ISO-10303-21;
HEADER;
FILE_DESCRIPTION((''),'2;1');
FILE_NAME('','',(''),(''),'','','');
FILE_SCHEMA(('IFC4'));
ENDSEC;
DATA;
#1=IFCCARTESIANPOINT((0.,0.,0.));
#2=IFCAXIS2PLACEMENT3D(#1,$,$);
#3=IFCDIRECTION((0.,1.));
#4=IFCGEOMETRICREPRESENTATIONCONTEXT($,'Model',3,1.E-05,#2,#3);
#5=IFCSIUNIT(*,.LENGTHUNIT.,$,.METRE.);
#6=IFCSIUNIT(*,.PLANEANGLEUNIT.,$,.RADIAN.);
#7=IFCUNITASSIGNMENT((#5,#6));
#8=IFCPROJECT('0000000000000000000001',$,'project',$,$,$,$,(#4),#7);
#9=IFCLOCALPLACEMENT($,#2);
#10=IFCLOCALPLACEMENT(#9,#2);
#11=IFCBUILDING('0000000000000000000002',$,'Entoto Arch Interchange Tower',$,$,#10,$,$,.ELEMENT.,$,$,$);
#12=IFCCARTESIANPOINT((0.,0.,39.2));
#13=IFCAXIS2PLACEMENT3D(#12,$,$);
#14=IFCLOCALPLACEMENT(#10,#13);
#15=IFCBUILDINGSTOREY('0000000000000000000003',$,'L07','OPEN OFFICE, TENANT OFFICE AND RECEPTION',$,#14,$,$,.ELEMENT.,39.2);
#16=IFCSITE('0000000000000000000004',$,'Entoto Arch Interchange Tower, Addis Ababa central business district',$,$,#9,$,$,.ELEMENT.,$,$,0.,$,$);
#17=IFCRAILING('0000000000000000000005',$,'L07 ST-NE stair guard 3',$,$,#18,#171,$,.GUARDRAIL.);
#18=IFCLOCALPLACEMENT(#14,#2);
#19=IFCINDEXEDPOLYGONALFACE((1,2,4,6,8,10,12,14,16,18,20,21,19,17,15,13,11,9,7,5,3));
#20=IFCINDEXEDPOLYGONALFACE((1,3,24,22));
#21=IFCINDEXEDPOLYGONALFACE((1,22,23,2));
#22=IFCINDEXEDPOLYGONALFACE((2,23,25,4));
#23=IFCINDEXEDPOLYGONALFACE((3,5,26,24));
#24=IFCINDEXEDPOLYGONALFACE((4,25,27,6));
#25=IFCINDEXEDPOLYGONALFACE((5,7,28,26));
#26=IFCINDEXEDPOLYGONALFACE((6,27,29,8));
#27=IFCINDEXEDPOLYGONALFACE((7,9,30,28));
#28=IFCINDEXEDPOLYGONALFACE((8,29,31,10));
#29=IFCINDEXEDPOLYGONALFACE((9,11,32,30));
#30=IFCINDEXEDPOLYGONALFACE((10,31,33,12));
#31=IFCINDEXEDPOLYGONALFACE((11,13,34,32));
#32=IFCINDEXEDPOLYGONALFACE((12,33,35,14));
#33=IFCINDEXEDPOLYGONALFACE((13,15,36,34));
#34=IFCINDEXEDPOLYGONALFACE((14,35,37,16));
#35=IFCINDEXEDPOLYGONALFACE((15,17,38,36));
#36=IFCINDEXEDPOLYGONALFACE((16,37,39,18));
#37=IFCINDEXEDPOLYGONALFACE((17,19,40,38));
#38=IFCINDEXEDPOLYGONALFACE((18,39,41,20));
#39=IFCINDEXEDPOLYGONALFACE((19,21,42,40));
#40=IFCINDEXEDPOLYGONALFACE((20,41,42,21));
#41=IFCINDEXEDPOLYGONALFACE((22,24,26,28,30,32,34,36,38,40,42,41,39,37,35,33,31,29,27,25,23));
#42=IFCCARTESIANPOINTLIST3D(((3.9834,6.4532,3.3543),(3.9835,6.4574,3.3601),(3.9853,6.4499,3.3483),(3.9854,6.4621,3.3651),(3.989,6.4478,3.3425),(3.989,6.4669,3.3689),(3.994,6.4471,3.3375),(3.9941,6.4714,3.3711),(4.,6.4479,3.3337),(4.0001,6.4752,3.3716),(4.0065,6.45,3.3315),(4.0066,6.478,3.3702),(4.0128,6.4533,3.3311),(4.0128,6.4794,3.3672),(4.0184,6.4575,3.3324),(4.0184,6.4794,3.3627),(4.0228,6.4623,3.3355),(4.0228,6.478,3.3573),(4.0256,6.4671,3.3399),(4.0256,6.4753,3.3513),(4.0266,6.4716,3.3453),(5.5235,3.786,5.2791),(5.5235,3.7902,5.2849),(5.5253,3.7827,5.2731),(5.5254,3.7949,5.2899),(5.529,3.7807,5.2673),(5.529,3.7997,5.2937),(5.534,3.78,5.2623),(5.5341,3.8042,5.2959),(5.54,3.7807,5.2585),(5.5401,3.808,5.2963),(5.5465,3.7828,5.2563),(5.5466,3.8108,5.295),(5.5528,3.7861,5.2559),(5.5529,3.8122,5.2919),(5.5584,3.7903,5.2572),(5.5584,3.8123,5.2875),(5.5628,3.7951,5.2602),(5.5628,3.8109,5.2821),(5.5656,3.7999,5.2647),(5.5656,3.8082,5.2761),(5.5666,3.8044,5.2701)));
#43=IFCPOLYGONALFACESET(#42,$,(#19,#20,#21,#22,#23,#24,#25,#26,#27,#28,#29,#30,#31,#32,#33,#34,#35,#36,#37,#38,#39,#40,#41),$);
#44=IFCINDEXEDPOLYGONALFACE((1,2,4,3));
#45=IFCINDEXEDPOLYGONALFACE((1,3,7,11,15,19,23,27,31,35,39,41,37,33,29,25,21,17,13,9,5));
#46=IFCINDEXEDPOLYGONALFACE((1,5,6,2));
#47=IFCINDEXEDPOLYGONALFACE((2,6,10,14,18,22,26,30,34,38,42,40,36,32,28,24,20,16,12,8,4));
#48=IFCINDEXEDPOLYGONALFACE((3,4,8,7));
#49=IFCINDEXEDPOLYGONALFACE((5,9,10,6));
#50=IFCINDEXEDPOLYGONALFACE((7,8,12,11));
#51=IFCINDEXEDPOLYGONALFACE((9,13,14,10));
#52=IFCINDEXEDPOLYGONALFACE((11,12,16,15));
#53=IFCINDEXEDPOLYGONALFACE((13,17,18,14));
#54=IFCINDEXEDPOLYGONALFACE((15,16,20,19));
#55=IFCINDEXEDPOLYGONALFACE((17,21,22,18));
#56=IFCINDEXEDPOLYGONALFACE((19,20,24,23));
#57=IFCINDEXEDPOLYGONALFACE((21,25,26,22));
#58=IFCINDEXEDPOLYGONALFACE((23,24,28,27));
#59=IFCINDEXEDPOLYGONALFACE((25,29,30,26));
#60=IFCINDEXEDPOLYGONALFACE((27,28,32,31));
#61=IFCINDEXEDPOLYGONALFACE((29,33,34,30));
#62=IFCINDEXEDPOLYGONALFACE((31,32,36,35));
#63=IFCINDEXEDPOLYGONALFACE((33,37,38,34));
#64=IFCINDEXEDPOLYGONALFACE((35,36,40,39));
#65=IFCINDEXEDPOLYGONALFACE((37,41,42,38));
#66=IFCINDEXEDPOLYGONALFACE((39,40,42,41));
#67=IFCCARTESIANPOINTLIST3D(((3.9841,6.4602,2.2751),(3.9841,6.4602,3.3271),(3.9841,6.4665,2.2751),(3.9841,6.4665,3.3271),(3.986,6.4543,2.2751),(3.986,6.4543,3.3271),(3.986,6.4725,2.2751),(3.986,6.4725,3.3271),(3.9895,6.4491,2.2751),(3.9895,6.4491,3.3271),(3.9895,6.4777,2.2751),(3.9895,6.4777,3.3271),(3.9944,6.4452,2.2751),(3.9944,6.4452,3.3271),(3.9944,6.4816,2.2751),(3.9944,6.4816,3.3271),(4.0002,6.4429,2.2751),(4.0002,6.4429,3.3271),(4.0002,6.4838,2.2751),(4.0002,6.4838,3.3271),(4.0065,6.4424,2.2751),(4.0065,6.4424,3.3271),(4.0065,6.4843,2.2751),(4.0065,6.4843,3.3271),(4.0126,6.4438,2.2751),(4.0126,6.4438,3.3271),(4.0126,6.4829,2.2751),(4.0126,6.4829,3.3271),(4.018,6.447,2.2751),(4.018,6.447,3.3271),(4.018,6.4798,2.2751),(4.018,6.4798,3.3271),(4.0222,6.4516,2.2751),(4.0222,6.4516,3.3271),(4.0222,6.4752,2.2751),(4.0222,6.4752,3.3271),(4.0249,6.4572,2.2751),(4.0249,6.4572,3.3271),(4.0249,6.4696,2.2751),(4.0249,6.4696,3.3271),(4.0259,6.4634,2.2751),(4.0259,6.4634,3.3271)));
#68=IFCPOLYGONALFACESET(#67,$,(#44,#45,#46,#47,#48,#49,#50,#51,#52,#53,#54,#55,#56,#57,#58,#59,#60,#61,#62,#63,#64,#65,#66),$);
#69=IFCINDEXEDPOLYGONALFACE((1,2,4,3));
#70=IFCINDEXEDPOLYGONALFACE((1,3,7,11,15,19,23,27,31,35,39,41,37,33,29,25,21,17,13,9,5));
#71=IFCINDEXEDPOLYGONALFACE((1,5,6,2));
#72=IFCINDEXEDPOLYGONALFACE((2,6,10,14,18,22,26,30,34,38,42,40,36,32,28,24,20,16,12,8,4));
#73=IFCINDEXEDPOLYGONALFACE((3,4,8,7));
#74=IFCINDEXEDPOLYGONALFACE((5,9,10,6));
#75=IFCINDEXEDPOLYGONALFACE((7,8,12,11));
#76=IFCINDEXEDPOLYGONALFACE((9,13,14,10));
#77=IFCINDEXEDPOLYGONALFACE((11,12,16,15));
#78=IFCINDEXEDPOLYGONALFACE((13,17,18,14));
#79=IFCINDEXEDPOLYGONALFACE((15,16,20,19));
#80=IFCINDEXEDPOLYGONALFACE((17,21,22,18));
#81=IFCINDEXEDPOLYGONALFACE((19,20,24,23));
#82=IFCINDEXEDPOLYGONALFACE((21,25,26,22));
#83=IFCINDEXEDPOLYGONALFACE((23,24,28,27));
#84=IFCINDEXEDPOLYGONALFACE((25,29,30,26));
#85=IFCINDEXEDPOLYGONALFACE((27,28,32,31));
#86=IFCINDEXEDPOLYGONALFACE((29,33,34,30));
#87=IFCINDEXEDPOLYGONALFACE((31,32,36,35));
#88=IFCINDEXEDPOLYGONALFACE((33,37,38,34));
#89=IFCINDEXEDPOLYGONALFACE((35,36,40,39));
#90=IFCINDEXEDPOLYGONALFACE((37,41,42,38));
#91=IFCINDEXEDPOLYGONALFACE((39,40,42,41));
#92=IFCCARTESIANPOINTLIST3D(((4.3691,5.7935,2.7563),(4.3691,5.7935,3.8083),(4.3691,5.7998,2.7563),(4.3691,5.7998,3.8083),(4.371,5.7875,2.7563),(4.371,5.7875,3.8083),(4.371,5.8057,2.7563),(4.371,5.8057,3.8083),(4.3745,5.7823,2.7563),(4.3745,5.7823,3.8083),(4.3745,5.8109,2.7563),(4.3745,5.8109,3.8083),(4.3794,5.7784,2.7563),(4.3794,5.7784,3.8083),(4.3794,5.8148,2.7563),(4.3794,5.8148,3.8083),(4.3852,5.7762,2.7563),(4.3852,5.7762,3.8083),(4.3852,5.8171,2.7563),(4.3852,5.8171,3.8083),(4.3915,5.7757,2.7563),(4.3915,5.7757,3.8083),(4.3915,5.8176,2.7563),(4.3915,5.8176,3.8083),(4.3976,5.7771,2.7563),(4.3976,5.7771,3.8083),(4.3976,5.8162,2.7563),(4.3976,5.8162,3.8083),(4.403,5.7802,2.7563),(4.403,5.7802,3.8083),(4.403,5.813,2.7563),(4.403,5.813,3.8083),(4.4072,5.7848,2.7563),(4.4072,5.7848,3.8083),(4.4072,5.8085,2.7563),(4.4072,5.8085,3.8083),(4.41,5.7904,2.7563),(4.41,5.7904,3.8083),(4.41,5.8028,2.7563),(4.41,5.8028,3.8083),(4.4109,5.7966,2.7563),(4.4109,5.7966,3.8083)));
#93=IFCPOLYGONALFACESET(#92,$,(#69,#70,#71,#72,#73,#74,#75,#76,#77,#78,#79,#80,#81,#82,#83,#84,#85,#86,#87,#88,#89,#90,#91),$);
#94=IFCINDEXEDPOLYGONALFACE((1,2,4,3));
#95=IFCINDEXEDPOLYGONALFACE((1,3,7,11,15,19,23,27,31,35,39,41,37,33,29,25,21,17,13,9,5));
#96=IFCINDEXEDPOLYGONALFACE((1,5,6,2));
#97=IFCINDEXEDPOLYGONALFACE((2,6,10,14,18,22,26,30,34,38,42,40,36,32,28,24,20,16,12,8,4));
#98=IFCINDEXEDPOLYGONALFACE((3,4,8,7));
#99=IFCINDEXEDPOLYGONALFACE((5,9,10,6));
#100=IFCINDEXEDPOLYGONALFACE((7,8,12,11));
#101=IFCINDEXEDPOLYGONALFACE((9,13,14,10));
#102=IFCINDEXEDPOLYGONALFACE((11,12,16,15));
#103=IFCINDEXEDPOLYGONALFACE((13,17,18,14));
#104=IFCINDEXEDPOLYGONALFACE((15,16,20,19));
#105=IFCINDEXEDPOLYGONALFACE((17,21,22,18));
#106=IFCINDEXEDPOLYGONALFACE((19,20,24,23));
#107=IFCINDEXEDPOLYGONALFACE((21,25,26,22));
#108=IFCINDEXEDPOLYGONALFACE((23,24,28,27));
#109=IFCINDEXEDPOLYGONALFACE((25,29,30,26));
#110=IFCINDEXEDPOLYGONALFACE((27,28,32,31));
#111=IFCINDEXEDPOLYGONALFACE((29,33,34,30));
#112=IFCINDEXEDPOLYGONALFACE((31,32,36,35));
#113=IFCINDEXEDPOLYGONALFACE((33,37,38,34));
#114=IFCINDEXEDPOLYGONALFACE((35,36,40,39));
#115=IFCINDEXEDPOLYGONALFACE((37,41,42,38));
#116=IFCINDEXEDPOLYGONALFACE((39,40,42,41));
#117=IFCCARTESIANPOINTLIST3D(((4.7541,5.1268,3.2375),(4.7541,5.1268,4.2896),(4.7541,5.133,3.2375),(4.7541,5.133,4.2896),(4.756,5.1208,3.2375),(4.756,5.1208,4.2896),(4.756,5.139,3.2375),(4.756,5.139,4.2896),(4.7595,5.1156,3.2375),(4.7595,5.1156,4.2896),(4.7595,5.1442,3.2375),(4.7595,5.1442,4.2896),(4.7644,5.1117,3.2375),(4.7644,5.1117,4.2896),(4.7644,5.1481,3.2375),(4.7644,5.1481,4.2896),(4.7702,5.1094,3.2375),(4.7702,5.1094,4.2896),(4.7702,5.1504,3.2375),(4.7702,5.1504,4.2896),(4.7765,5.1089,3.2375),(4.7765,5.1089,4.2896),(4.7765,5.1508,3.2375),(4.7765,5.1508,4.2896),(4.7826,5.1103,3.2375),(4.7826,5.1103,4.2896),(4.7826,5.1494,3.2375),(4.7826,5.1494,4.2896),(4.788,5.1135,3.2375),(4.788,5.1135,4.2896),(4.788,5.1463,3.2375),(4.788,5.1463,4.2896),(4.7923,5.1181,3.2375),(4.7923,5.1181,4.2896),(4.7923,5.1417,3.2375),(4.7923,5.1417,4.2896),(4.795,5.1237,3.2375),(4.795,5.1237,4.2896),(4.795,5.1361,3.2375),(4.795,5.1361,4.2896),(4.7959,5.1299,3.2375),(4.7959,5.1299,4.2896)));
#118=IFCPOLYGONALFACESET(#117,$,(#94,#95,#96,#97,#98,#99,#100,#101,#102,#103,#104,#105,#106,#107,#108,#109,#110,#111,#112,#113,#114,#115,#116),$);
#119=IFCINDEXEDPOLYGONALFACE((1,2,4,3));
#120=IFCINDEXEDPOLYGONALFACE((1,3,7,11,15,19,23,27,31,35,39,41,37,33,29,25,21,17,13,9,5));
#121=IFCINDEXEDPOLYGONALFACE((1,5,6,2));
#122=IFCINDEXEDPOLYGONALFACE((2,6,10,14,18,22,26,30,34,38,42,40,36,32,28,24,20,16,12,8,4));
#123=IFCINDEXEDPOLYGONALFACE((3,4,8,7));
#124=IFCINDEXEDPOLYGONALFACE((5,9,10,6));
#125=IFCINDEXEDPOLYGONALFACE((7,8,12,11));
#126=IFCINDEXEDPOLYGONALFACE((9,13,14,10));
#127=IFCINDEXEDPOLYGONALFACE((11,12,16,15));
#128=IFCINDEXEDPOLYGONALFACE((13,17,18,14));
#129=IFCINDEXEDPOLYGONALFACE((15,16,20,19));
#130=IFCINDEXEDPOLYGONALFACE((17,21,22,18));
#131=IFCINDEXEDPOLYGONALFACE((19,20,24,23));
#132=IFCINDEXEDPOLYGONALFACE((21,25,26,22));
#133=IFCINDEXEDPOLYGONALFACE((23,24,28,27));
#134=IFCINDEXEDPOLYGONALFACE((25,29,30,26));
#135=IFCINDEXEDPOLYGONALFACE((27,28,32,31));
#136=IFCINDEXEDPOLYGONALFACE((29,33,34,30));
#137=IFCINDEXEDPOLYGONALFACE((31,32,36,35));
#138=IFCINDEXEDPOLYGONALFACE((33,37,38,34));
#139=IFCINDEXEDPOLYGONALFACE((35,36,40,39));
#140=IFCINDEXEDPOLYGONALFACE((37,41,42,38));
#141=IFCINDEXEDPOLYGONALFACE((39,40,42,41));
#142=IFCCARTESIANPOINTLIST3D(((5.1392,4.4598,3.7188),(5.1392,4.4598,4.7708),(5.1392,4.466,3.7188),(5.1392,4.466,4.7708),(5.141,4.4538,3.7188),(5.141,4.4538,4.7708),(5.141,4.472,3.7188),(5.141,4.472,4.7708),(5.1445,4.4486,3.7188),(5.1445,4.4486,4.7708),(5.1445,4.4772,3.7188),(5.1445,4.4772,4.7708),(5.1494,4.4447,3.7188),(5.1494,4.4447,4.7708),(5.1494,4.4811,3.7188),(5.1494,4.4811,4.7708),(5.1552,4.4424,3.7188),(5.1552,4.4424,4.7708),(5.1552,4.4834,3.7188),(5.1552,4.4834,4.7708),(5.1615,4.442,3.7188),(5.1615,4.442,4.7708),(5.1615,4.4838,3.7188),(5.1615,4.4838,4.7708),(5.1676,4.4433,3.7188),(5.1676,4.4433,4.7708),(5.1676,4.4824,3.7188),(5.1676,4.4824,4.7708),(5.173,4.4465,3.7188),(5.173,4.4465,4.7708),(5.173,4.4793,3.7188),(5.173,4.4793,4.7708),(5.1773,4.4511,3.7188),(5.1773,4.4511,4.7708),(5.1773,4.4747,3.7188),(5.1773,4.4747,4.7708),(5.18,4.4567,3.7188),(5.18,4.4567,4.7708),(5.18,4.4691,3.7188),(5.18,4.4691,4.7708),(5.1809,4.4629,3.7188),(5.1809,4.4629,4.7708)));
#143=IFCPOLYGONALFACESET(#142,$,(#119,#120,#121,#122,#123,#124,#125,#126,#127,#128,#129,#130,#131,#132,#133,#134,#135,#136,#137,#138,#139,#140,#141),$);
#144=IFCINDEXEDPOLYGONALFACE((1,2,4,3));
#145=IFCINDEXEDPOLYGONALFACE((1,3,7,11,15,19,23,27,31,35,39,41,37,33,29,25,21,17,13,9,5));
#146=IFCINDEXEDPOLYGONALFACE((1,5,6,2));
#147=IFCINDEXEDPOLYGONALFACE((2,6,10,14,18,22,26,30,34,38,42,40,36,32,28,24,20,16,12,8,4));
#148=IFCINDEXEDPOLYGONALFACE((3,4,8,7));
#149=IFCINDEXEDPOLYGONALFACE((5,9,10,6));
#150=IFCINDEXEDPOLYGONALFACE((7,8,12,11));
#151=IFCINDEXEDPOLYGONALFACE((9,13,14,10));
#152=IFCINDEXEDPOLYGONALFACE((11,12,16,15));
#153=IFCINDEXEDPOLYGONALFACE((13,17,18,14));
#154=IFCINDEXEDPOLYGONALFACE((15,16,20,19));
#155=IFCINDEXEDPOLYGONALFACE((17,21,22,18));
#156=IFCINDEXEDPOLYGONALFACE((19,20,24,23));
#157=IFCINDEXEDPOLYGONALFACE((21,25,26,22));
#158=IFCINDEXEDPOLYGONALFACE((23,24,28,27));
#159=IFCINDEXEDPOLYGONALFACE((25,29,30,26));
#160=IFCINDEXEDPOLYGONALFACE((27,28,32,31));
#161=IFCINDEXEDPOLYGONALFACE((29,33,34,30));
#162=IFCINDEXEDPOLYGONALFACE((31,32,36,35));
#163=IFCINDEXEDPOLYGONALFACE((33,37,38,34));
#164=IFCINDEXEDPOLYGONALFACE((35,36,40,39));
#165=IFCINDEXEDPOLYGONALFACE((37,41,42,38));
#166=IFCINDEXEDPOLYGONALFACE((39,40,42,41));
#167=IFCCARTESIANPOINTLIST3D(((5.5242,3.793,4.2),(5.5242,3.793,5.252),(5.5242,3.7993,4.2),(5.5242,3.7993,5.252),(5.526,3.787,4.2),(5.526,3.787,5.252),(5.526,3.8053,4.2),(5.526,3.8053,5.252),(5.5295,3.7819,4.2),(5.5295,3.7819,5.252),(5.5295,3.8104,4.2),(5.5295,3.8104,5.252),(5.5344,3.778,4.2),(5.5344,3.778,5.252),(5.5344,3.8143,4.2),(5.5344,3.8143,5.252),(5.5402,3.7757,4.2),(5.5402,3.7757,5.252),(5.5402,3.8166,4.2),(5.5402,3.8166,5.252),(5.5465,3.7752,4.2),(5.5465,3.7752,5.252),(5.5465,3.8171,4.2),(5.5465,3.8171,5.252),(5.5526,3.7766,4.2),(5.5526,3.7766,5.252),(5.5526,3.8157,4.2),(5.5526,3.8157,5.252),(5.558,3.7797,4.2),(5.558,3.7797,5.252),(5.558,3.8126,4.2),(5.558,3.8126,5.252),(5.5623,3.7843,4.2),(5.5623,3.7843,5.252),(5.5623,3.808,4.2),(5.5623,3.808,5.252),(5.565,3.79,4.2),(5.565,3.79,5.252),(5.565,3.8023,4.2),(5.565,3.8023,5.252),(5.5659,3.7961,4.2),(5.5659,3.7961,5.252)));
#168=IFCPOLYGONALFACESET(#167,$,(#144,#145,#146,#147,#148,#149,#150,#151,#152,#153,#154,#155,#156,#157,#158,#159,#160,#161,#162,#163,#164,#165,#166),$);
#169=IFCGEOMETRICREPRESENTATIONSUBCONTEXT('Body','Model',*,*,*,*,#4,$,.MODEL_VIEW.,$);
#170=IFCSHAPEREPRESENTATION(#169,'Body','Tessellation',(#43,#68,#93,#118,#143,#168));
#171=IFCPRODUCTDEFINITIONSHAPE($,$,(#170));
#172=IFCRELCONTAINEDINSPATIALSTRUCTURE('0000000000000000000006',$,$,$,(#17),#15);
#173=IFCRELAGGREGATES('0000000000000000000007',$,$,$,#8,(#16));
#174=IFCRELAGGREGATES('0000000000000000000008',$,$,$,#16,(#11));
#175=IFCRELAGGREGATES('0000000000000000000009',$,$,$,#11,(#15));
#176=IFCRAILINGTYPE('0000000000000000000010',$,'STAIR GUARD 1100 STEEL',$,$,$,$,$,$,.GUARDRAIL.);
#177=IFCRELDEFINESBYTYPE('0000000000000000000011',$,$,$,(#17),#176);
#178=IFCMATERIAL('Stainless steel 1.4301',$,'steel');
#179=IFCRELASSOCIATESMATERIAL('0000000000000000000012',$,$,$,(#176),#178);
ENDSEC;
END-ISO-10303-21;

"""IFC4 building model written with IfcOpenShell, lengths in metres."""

from ifc_helpers import new_model, si_unit, direction, frame, origin, origin_2d, place, context, subcontext, project, spatial, circle, extrude, material, type_object, element, save


model = new_model("IFC4")

# Units and contexts
model_context = context("Model", 3, precision=1e-05, world=origin(), true_north=direction((0.0, 1.0)))
body_context = subcontext(model_context, "Body", "Model", "MODEL_VIEW")
ifc_project = project(units=[si_unit("LENGTHUNIT", "METRE"), si_unit("PLANEANGLEUNIT", "RADIAN")], contexts=[model_context])

# Site, building, storey
site_placement = place(None, origin())
site = spatial("IfcSite", under=ifc_project, at=site_placement, Name="Entoto Arch Interchange Tower, Addis Ababa central business district", CompositionType="ELEMENT", RefElevation=0.0)
building_placement = place(site_placement, origin())
building = spatial("IfcBuilding", under=site, at=building_placement, Name="Entoto Arch Interchange Tower", CompositionType="ELEMENT")
storey_placement = place(building_placement, frame((0.0, 0.0, 39.2)))
storey = spatial("IfcBuildingStorey", under=building, at=storey_placement, Name="L07", Description="OPEN OFFICE, TENANT OFFICE AND RECEPTION", CompositionType="ELEMENT", Elevation=39.2)

# Railing
ifc_material_1 = material(Name="Stainless steel 1.4301", Category="steel")
railing_type_1 = type_object("IfcRailingType", Name="STAIR GUARD 1100 STEEL", PredefinedType="GUARDRAIL", material=ifc_material_1)
railing_1_placement = place(storey_placement, frame((4.0049, 6.4634, 2.2751)))
element("IfcRailing", 1, at=railing_1_placement, inside=storey, type_object=railing_type_1, Name="L07 ST-NE stair guard 3", PredefinedType="GUARDRAIL", context=body_context, shape_type="SweptSolid", body=[
    extrude(circle(Radius=0.0239, at=origin_2d()), frame((0.0, 0.0, 1.0762), z_axis=(0.424031, -0.73439, 0.529971), x_axis=(0.86601, 0.500027, 0.0)), (0.0, 0.0, 1.0), 3.6318),
    extrude(circle(Radius=0.021, at=origin_2d()), origin(), (0.0, 0.0, 1.0), 1.052),
    extrude(circle(Radius=0.021, at=origin_2d()), frame((0.385, -0.6667, 0.4812)), (0.0, 0.0, 1.0), 1.052),
    extrude(circle(Radius=0.021, at=origin_2d()), frame((0.77, -1.3335, 0.9624)), (0.0, 0.0, 1.0), 1.052),
    extrude(circle(Radius=0.021, at=origin_2d()), frame((1.155, -2.0005, 1.4436)), (0.0, 0.0, 1.0), 1.052),
    extrude(circle(Radius=0.021, at=origin_2d()), frame((1.54, -2.6672, 1.9248)), (0.0, 0.0, 1.0), 1.052),
])

save(model, "model.ifc")
